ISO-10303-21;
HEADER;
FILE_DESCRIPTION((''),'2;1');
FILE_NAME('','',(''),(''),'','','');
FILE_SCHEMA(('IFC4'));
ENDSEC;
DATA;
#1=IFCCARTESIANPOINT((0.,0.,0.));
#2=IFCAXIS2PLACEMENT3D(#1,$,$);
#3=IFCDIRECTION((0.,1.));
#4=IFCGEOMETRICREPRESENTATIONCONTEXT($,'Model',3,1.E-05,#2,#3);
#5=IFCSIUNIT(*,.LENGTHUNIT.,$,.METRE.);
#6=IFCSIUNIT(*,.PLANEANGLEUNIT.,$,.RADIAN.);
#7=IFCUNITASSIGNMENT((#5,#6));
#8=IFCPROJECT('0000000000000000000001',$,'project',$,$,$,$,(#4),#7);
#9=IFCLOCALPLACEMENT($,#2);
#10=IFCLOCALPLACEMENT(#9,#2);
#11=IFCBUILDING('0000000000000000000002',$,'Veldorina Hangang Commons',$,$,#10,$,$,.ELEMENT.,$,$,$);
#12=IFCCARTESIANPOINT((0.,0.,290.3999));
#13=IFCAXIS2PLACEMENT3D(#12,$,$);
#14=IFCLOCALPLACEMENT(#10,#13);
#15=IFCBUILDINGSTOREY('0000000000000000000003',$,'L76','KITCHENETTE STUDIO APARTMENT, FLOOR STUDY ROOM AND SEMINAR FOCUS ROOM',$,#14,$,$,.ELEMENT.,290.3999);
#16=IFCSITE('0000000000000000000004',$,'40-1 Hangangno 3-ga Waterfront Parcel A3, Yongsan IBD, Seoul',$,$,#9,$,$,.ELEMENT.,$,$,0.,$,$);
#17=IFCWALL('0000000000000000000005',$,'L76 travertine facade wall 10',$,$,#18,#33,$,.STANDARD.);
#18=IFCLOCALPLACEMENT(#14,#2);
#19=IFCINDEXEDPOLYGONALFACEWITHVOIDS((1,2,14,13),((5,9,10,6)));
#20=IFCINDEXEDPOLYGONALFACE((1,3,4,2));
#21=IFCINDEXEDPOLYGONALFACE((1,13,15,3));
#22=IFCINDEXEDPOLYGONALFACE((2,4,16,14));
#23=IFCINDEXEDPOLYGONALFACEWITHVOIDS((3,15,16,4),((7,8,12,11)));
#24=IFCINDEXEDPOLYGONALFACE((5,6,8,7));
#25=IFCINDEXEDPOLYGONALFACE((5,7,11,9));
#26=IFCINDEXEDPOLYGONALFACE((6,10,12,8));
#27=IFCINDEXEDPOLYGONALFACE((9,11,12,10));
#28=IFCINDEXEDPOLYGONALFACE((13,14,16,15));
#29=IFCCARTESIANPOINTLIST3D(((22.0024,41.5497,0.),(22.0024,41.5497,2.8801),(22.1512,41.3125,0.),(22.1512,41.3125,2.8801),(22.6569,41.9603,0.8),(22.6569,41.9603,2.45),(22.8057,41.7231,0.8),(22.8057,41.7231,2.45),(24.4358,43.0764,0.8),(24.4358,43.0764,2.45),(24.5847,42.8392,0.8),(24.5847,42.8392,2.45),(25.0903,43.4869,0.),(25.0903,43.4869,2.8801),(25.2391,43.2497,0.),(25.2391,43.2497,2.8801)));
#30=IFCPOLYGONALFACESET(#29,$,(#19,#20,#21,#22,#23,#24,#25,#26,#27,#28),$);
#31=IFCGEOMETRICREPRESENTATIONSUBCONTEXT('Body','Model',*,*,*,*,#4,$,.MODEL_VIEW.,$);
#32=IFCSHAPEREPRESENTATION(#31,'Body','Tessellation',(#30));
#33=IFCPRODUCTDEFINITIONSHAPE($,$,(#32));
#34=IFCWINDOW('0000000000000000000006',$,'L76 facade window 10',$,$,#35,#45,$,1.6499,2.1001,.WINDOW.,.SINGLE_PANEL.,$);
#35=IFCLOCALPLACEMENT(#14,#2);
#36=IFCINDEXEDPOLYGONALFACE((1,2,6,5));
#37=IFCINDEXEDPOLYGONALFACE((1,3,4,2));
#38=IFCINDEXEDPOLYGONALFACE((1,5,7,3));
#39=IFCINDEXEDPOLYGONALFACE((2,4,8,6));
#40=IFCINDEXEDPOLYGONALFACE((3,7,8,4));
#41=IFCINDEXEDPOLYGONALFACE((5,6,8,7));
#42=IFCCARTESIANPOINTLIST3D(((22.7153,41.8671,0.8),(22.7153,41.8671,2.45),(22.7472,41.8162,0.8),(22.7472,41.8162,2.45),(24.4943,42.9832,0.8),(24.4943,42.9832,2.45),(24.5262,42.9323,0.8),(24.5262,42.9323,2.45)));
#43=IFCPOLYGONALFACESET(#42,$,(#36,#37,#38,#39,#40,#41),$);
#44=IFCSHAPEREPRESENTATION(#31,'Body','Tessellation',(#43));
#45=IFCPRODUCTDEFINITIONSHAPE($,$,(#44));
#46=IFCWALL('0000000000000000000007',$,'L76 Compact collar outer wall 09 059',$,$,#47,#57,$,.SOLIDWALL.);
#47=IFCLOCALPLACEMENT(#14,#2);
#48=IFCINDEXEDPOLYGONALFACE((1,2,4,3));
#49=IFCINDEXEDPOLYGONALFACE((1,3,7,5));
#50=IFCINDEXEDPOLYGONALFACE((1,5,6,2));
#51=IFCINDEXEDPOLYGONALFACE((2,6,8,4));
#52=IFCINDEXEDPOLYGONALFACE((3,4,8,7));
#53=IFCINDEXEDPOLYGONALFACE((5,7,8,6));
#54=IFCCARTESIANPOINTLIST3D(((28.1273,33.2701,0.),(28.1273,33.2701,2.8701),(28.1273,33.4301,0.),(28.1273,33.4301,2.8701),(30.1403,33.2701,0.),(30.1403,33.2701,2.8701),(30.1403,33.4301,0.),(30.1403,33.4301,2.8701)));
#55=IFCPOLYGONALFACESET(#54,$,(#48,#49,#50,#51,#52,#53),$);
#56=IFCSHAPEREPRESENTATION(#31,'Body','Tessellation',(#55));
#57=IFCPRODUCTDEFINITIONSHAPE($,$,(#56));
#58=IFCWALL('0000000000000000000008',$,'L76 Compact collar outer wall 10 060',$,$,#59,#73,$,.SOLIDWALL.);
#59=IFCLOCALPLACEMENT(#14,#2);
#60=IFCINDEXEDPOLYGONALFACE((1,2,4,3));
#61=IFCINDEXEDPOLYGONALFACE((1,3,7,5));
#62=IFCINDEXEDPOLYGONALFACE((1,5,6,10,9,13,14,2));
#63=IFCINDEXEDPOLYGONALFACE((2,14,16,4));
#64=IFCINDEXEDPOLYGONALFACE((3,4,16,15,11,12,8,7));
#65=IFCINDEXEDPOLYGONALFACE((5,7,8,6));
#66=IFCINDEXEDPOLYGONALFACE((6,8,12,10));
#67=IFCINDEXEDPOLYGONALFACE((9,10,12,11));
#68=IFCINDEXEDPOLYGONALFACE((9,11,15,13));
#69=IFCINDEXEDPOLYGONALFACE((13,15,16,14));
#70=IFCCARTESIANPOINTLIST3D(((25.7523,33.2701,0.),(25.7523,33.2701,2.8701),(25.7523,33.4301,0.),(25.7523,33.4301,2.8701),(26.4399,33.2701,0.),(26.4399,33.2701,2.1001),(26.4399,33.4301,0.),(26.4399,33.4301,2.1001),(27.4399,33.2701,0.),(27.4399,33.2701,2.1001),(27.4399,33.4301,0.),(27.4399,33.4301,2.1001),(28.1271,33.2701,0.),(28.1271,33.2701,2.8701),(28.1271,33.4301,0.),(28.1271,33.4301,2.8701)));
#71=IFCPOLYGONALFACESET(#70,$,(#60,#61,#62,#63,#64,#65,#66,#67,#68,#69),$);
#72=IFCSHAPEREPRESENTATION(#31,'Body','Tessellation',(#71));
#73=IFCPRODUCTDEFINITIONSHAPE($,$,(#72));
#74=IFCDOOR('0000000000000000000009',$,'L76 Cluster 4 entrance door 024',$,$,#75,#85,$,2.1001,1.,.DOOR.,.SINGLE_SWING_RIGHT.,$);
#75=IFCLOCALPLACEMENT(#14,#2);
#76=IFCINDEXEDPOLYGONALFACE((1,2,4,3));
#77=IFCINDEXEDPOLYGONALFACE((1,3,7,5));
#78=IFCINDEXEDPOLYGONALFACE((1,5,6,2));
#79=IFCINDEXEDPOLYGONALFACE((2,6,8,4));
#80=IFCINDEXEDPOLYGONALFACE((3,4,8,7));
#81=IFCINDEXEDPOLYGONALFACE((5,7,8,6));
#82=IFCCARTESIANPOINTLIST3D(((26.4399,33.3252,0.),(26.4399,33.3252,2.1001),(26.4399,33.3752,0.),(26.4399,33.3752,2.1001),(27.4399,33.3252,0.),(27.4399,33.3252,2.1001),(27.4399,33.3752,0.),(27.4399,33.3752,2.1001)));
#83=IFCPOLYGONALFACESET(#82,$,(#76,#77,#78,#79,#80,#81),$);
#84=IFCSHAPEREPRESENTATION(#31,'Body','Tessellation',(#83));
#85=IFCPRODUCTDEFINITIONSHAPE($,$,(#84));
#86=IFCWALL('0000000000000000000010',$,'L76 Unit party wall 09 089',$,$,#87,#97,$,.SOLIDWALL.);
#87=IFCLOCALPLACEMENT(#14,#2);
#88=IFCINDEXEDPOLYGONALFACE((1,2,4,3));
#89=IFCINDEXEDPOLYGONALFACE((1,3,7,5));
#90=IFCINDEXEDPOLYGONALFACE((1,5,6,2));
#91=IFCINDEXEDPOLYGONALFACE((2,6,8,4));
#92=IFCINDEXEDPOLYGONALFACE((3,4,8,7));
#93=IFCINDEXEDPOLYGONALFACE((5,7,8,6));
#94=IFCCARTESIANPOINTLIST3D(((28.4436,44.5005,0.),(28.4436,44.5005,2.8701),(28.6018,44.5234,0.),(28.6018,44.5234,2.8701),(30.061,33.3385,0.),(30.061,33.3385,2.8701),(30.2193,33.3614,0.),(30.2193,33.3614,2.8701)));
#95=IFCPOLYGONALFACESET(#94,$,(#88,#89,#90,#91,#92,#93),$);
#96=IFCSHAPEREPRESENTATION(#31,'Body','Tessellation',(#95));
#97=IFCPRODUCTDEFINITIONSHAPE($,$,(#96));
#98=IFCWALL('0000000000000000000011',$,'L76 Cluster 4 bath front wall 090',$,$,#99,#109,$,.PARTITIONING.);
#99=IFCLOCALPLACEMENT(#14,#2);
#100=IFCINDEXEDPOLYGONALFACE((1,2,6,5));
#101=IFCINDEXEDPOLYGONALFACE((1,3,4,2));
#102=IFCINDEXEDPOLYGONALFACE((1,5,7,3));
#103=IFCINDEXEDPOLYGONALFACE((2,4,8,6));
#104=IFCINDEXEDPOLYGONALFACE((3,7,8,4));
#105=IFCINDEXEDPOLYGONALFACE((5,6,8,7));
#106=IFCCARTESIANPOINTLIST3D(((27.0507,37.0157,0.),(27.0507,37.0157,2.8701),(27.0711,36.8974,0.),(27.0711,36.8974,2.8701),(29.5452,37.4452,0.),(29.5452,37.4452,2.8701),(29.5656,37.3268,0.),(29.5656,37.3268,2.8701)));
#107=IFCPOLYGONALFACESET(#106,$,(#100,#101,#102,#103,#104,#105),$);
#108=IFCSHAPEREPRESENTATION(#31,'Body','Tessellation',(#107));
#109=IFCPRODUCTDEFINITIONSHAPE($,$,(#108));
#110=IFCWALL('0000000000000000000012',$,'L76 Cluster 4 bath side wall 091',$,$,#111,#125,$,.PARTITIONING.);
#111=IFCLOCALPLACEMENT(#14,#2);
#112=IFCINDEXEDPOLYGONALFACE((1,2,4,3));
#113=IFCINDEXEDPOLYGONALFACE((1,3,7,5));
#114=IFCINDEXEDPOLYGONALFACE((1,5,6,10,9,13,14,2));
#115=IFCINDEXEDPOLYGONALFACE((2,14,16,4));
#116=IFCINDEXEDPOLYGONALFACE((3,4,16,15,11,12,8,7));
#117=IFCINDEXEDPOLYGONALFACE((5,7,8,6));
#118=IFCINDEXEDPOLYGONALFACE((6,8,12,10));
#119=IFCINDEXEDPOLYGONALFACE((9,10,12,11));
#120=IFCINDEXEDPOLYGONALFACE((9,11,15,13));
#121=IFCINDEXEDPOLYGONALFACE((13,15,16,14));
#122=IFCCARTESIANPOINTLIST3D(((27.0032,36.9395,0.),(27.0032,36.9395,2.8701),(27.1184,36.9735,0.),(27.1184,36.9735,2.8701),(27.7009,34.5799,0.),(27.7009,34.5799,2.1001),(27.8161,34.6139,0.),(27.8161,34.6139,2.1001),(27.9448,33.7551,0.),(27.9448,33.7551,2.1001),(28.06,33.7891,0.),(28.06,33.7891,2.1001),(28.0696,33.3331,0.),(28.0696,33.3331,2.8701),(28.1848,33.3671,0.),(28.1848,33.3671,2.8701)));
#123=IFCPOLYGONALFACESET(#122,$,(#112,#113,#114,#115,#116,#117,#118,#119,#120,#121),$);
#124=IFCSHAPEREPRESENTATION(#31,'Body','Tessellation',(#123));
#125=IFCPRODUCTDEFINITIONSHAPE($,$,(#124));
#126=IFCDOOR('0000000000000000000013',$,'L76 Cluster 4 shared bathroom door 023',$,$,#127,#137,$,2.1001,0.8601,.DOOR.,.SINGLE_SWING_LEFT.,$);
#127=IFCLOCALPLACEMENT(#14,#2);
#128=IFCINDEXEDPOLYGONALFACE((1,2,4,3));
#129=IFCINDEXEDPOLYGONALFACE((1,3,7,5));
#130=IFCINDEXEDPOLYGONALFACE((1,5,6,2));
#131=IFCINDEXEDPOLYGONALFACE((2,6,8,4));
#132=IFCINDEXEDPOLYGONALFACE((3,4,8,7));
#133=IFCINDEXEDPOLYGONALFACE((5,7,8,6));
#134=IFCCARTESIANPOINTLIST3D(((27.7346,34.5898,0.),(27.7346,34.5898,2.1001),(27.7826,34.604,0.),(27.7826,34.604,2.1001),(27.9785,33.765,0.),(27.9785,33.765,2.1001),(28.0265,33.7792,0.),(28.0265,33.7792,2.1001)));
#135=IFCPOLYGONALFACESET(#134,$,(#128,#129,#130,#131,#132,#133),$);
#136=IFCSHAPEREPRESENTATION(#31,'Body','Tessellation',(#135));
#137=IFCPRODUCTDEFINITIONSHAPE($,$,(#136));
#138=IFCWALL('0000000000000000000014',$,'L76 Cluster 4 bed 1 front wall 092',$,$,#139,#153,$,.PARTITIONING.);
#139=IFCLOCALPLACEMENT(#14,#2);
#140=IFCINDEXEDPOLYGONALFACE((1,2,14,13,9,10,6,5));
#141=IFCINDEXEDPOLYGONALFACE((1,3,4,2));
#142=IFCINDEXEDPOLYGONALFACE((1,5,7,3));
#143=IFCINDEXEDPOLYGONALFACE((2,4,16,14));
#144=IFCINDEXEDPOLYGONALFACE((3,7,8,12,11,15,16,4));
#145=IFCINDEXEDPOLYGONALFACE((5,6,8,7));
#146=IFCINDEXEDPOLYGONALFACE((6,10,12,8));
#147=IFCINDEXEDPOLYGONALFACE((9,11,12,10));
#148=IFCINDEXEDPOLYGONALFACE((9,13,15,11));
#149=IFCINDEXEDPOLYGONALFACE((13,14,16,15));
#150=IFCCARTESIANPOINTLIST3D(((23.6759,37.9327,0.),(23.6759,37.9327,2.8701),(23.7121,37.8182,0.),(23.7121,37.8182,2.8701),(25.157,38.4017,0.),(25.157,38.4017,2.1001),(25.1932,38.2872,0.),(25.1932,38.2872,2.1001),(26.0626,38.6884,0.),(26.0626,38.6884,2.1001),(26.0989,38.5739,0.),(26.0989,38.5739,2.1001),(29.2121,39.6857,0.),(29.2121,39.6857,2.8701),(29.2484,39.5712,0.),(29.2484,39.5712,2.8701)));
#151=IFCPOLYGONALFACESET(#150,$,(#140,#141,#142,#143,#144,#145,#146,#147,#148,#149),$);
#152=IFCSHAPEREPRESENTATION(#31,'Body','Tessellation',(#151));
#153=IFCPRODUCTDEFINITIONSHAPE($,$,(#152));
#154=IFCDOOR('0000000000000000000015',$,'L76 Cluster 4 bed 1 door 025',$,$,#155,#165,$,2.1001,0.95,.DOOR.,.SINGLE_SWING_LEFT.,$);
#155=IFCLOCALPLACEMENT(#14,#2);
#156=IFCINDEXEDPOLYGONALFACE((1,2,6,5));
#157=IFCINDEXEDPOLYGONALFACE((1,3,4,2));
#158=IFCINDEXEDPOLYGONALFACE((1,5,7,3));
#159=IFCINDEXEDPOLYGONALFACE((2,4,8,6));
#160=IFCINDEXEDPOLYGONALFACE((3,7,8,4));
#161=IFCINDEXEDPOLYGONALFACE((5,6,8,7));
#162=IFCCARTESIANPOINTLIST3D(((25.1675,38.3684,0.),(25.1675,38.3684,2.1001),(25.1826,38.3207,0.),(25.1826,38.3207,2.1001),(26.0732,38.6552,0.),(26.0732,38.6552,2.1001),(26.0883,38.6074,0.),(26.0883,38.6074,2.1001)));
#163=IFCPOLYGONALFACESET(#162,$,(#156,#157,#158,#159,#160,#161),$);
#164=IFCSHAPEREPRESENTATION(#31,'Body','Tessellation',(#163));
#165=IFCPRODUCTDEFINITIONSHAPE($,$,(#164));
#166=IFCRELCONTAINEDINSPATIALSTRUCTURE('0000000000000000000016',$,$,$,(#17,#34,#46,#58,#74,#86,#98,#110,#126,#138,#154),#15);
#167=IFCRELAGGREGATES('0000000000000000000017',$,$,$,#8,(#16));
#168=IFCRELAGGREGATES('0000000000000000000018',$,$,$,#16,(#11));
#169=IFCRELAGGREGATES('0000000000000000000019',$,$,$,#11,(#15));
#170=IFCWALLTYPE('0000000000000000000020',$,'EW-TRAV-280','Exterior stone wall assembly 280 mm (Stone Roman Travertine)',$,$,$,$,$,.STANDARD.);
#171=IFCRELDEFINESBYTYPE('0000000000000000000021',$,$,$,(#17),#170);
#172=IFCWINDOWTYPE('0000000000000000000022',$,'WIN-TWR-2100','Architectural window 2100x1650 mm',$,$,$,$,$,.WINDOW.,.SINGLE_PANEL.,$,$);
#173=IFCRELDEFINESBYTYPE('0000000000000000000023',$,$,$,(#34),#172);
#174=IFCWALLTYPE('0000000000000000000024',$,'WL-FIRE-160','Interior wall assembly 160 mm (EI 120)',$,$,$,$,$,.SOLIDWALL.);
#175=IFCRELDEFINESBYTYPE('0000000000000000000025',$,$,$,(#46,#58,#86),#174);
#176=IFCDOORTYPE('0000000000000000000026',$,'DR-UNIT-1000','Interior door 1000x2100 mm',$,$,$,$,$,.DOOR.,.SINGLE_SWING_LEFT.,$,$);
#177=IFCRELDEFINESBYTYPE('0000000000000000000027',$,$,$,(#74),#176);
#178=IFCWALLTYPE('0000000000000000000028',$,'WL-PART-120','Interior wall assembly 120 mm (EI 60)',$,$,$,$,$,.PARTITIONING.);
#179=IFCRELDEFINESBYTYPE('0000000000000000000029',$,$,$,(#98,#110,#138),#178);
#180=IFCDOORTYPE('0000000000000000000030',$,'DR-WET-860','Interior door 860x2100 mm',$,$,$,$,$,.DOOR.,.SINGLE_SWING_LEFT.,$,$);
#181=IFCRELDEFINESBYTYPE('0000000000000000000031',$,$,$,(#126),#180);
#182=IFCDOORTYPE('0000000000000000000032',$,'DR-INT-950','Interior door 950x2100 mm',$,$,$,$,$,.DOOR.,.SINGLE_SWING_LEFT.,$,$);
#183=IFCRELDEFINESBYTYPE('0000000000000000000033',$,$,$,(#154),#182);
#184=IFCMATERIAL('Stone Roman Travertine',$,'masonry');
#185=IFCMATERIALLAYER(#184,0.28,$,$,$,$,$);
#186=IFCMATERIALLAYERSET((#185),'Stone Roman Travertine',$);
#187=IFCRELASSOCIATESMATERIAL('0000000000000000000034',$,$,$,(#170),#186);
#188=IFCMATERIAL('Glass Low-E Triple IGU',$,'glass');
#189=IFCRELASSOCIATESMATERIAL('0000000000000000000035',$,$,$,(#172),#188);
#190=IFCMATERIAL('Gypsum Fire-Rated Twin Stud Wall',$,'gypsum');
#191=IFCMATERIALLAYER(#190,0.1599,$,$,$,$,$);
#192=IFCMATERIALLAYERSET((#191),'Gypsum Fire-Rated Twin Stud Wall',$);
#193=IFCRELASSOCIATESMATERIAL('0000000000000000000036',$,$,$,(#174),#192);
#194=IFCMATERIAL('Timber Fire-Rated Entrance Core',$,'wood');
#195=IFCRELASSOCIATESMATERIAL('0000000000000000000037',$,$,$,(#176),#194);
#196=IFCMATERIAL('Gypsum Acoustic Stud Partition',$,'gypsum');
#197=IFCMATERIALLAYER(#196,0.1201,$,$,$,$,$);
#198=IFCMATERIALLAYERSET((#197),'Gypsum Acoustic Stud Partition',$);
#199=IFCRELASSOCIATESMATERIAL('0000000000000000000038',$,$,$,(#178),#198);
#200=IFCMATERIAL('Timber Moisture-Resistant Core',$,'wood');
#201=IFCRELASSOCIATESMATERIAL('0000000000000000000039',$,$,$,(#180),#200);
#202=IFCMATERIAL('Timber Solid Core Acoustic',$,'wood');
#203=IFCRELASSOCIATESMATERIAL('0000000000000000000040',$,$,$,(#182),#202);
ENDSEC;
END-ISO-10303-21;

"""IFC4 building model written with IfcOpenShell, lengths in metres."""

from ifc_helpers import new_model, si_unit, direction, frame, frame_2d, origin, place, context, subcontext, project, spatial, rectangle, extrude, material, layer, layer_set, type_object, element, fill, save


model = new_model("IFC4")

# Units and contexts
model_context = context("Model", 3, precision=1e-05, world=origin(), true_north=direction((0.0, 1.0)))
body_context = subcontext(model_context, "Body", "Model", "MODEL_VIEW")
ifc_project = project(units=[si_unit("LENGTHUNIT", "METRE"), si_unit("PLANEANGLEUNIT", "RADIAN")], contexts=[model_context])

# Site, building, storey
site_placement = place(None, origin())
site = spatial("IfcSite", under=ifc_project, at=site_placement, Name="40-1 Hangangno 3-ga Waterfront Parcel A3, Yongsan IBD, Seoul", CompositionType="ELEMENT", RefElevation=0.0)
building_placement = place(site_placement, origin())
building = spatial("IfcBuilding", under=site, at=building_placement, Name="Veldorina Hangang Commons", CompositionType="ELEMENT")
storey_placement = place(building_placement, frame((0.0, 0.0, 290.3999)))
storey = spatial("IfcBuildingStorey", under=building, at=storey_placement, Name="L76", Description="KITCHENETTE STUDIO APARTMENT, FLOOR STUDY ROOM AND SEMINAR FOCUS ROOM", CompositionType="ELEMENT", Elevation=290.3999)

# Shared definitions
ifc_material_1 = material(Name="Stone Roman Travertine", Category="masonry")
ifc_layer_1 = layer(ifc_material_1, 0.28)
ifc_layer_set_1 = layer_set([ifc_layer_1], Name="Stone Roman Travertine")
wall_type_1 = type_object("IfcWallType", Name="EW-TRAV-280", Description="Exterior stone wall assembly 280 mm (Stone Roman Travertine)", PredefinedType="STANDARD", material=ifc_layer_set_1)

# Wall, opening, window
wall_1_placement = place(storey_placement, frame((25.1648, 43.3684, 0.0), z_axis=(0.0, 0.0, 1.0), x_axis=(-0.847094, -0.531443, 0.0)))
wall_1 = element("IfcWall", 1, at=wall_1_placement, inside=storey, type_object=wall_type_1, Name="L76 travertine facade wall 10", PredefinedType="STANDARD", context=body_context, shape_type="SweptSolid", body=[
    extrude(rectangle(XDim=3.6453, YDim=0.28, at=frame_2d((1.8228, 0.0))), origin(), (0.0, 0.0, 1.0), 2.8801),
])
opening_1_placement = place(wall_1_placement, frame((0.7727, 0.0, 0.8)))
opening_1 = element("IfcOpeningElement", 2, at=opening_1_placement, cuts=wall_1, PredefinedType="OPENING", context=body_context, shape_type="SweptSolid", body=[
    extrude(rectangle(XDim=2.1001, YDim=1.6499, at=frame_2d((1.05, 0.825))), frame((0.0, 0.1499, 0.0), z_axis=(0.0, -1.0, 0.0), x_axis=(1.0, 0.0, 0.0)), (0.0, 0.0, 1.0), 0.3),
])
ifc_material_2 = material(Name="Glass Low-E Triple IGU", Category="glass")
window_type = type_object("IfcWindowType", Name="WIN-TWR-2100", Description="Architectural window 2100x1650 mm", PartitioningType="SINGLE_PANEL", PredefinedType="WINDOW", material=ifc_material_2)
window_placement = place(opening_1_placement, origin())
window = element("IfcWindow", 3, at=window_placement, inside=storey, type_object=window_type, Name="L76 facade window 10", OverallHeight=1.6499, OverallWidth=2.1001, PartitioningType="SINGLE_PANEL", PredefinedType="WINDOW", context=body_context, shape_type="SweptSolid", body=[
    extrude(rectangle(XDim=2.1001, YDim=1.6499, at=frame_2d((1.05, 0.825))), frame((0.0, 0.03, 0.0), z_axis=(0.0, -1.0, 0.0), x_axis=(1.0, 0.0, 0.0)), (0.0, 0.0, 1.0), 0.0601),
])
fill(opening_1, window)

# Wall
ifc_material_3 = material(Name="Gypsum Fire-Rated Twin Stud Wall", Category="gypsum")
ifc_layer_2 = layer(ifc_material_3, 0.1599)
ifc_layer_set_2 = layer_set([ifc_layer_2], Name="Gypsum Fire-Rated Twin Stud Wall")
wall_type_2 = type_object("IfcWallType", Name="WL-FIRE-160", Description="Interior wall assembly 160 mm (EI 120)", PredefinedType="SOLIDWALL", material=ifc_layer_set_2)
wall_2_placement = place(storey_placement, frame((30.1401, 33.3501, 0.0), z_axis=(0.0, 0.0, 1.0), x_axis=(-1.0, 0.0, 0.0)))
element("IfcWall", 4, at=wall_2_placement, inside=storey, type_object=wall_type_2, Name="L76 Compact collar outer wall 09 059", PredefinedType="SOLIDWALL", context=body_context, shape_type="SweptSolid", body=[
    extrude(rectangle(XDim=2.0129, YDim=0.1599, at=frame_2d((1.0063, 0.0))), origin(), (0.0, 0.0, 1.0), 2.8701),
])

# Wall, opening, door
wall_3_placement = place(storey_placement, frame((28.1272, 33.3501, 0.0), z_axis=(0.0, 0.0, 1.0), x_axis=(-1.0, 0.0, 0.0)))
wall_3 = element("IfcWall", 5, at=wall_3_placement, inside=storey, type_object=wall_type_2, Name="L76 Compact collar outer wall 10 060", PredefinedType="SOLIDWALL", context=body_context, shape_type="SweptSolid", body=[
    extrude(rectangle(XDim=2.3748, YDim=0.1599, at=frame_2d((1.1875, 0.0))), origin(), (0.0, 0.0, 1.0), 2.8701),
])
opening_2_placement = place(wall_3_placement, frame((0.6873, 0.0, 0.0)))
opening_2 = element("IfcOpeningElement", 6, at=opening_2_placement, cuts=wall_3, PredefinedType="OPENING", context=body_context, shape_type="SweptSolid", body=[
    extrude(rectangle(XDim=1.0, YDim=2.1001, at=frame_2d((0.5, 1.05))), frame((0.0, 0.0898, 0.0), z_axis=(0.0, -1.0, 0.0), x_axis=(1.0, 0.0, 0.0)), (0.0, 0.0, 1.0), 0.1799),
])
ifc_material_4 = material(Name="Timber Fire-Rated Entrance Core", Category="wood")
door_type_1 = type_object("IfcDoorType", Name="DR-UNIT-1000", Description="Interior door 1000x2100 mm", OperationType="SINGLE_SWING_LEFT", PredefinedType="DOOR", material=ifc_material_4)
door_1_placement = place(opening_2_placement, origin())
door_1 = element("IfcDoor", 7, at=door_1_placement, inside=storey, type_object=door_type_1, Name="L76 Cluster 4 entrance door 024", OperationType="SINGLE_SWING_RIGHT", OverallHeight=2.1001, OverallWidth=1.0, PredefinedType="DOOR", context=body_context, shape_type="SweptSolid", body=[
    extrude(rectangle(XDim=1.0, YDim=2.1001, at=frame_2d((0.5, 1.05))), frame((0.0, 0.0249, 0.0), z_axis=(0.0, -1.0, 0.0), x_axis=(1.0, 0.0, 0.0)), (0.0, 0.0, 1.0), 0.05),
])
fill(opening_2, door_1)

# Walls
wall_4_placement = place(storey_placement, frame((30.1401, 33.3501, 0.0), z_axis=(0.0, 0.0, 1.0), x_axis=(-0.143409, 0.989663, 0.0)))
element("IfcWall", 8, at=wall_4_placement, inside=storey, type_object=wall_type_2, Name="L76 Unit party wall 09 089", PredefinedType="SOLIDWALL", context=body_context, shape_type="SweptSolid", body=[
    extrude(rectangle(XDim=11.2786, YDim=0.1599, at=frame_2d((5.6392, 0.0))), origin(), (0.0, 0.0, 1.0), 2.8701),
])
ifc_material_5 = material(Name="Gypsum Acoustic Stud Partition", Category="gypsum")
ifc_layer_3 = layer(ifc_material_5, 0.1201)
ifc_layer_set_3 = layer_set([ifc_layer_3], Name="Gypsum Acoustic Stud Partition")
wall_type_3 = type_object("IfcWallType", Name="WL-PART-120", Description="Interior wall assembly 120 mm (EI 60)", PredefinedType="PARTITIONING", material=ifc_layer_set_3)
wall_5_placement = place(storey_placement, frame((29.5554, 37.386, 0.0), z_axis=(0.0, 0.0, 1.0), x_axis=(-0.985504, -0.169652, 0.0)))
element("IfcWall", 9, at=wall_5_placement, inside=storey, type_object=wall_type_3, Name="L76 Cluster 4 bath front wall 090", PredefinedType="PARTITIONING", context=body_context, shape_type="SweptSolid", body=[
    extrude(rectangle(XDim=2.5312, YDim=0.1201, at=frame_2d((1.2656, 0.0))), origin(), (0.0, 0.0, 1.0), 2.8701),
])

# Walls, openings, doors
wall_6_placement = place(storey_placement, frame((28.1272, 33.3501, 0.0), z_axis=(0.0, 0.0, 1.0), x_axis=(-0.283558, 0.958955, 0.0)))
wall_6 = element("IfcWall", 10, at=wall_6_placement, inside=storey, type_object=wall_type_3, Name="L76 Cluster 4 bath side wall 091", PredefinedType="PARTITIONING", context=body_context, shape_type="SweptSolid", body=[
    extrude(rectangle(XDim=3.7607, YDim=0.1201, at=frame_2d((1.8804, 0.0))), origin(), (0.0, 0.0, 1.0), 2.8701),
])
opening_3_placement = place(wall_6_placement, frame((0.4399, 0.0, 0.0)))
opening_3 = element("IfcOpeningElement", 11, at=opening_3_placement, cuts=wall_6, PredefinedType="OPENING", context=body_context, shape_type="SweptSolid", body=[
    extrude(rectangle(XDim=0.8601, YDim=2.1001, at=frame_2d((0.4302, 1.05))), frame((0.0, 0.0701, 0.0), z_axis=(0.0, -1.0, 0.0), x_axis=(1.0, 0.0, 0.0)), (0.0, 0.0, 1.0), 0.1401),
])
ifc_material_6 = material(Name="Timber Moisture-Resistant Core", Category="wood")
door_type_2 = type_object("IfcDoorType", Name="DR-WET-860", Description="Interior door 860x2100 mm", OperationType="SINGLE_SWING_LEFT", PredefinedType="DOOR", material=ifc_material_6)
door_2_placement = place(opening_3_placement, origin())
door_2 = element("IfcDoor", 12, at=door_2_placement, inside=storey, type_object=door_type_2, Name="L76 Cluster 4 shared bathroom door 023", OperationType="SINGLE_SWING_LEFT", OverallHeight=2.1001, OverallWidth=0.8601, PredefinedType="DOOR", context=body_context, shape_type="SweptSolid", body=[
    extrude(rectangle(XDim=0.8601, YDim=2.1001, at=frame_2d((0.4302, 1.05))), frame((0.0, 0.0249, 0.0), z_axis=(0.0, -1.0, 0.0), x_axis=(1.0, 0.0, 0.0)), (0.0, 0.0, 1.0), 0.05),
])
fill(opening_3, door_2)
wall_7_placement = place(storey_placement, frame((29.2302, 39.6284, 0.0), z_axis=(0.0, 0.0, 1.0), x_axis=(-0.953351, -0.301864, 0.0)))
wall_7 = element("IfcWall", 13, at=wall_7_placement, inside=storey, type_object=wall_type_3, Name="L76 Cluster 4 bed 1 front wall 092", PredefinedType="PARTITIONING", context=body_context, shape_type="SweptSolid", body=[
    extrude(rectangle(XDim=5.8071, YDim=0.1201, at=frame_2d((2.9036, 0.0))), origin(), (0.0, 0.0, 1.0), 2.8701),
])
opening_4_placement = place(wall_7_placement, frame((3.3035, 0.0, 0.0)))
opening_4 = element("IfcOpeningElement", 14, at=opening_4_placement, cuts=wall_7, PredefinedType="OPENING", context=body_context, shape_type="SweptSolid", body=[
    extrude(rectangle(XDim=0.95, YDim=2.1001, at=frame_2d((0.4751, 1.05))), frame((0.0, 0.0701, 0.0), z_axis=(0.0, -1.0, 0.0), x_axis=(1.0, 0.0, 0.0)), (0.0, 0.0, 1.0), 0.1401),
])
ifc_material_7 = material(Name="Timber Solid Core Acoustic", Category="wood")
door_type_3 = type_object("IfcDoorType", Name="DR-INT-950", Description="Interior door 950x2100 mm", OperationType="SINGLE_SWING_LEFT", PredefinedType="DOOR", material=ifc_material_7)
door_3_placement = place(opening_4_placement, origin())
door_3 = element("IfcDoor", 15, at=door_3_placement, inside=storey, type_object=door_type_3, Name="L76 Cluster 4 bed 1 door 025", OperationType="SINGLE_SWING_LEFT", OverallHeight=2.1001, OverallWidth=0.95, PredefinedType="DOOR", context=body_context, shape_type="SweptSolid", body=[
    extrude(rectangle(XDim=0.95, YDim=2.1001, at=frame_2d((0.4751, 1.05))), frame((0.0, 0.0249, 0.0), z_axis=(0.0, -1.0, 0.0), x_axis=(1.0, 0.0, 0.0)), (0.0, 0.0, 1.0), 0.05),
])
fill(opening_4, door_3)

save(model, "model.ifc")
